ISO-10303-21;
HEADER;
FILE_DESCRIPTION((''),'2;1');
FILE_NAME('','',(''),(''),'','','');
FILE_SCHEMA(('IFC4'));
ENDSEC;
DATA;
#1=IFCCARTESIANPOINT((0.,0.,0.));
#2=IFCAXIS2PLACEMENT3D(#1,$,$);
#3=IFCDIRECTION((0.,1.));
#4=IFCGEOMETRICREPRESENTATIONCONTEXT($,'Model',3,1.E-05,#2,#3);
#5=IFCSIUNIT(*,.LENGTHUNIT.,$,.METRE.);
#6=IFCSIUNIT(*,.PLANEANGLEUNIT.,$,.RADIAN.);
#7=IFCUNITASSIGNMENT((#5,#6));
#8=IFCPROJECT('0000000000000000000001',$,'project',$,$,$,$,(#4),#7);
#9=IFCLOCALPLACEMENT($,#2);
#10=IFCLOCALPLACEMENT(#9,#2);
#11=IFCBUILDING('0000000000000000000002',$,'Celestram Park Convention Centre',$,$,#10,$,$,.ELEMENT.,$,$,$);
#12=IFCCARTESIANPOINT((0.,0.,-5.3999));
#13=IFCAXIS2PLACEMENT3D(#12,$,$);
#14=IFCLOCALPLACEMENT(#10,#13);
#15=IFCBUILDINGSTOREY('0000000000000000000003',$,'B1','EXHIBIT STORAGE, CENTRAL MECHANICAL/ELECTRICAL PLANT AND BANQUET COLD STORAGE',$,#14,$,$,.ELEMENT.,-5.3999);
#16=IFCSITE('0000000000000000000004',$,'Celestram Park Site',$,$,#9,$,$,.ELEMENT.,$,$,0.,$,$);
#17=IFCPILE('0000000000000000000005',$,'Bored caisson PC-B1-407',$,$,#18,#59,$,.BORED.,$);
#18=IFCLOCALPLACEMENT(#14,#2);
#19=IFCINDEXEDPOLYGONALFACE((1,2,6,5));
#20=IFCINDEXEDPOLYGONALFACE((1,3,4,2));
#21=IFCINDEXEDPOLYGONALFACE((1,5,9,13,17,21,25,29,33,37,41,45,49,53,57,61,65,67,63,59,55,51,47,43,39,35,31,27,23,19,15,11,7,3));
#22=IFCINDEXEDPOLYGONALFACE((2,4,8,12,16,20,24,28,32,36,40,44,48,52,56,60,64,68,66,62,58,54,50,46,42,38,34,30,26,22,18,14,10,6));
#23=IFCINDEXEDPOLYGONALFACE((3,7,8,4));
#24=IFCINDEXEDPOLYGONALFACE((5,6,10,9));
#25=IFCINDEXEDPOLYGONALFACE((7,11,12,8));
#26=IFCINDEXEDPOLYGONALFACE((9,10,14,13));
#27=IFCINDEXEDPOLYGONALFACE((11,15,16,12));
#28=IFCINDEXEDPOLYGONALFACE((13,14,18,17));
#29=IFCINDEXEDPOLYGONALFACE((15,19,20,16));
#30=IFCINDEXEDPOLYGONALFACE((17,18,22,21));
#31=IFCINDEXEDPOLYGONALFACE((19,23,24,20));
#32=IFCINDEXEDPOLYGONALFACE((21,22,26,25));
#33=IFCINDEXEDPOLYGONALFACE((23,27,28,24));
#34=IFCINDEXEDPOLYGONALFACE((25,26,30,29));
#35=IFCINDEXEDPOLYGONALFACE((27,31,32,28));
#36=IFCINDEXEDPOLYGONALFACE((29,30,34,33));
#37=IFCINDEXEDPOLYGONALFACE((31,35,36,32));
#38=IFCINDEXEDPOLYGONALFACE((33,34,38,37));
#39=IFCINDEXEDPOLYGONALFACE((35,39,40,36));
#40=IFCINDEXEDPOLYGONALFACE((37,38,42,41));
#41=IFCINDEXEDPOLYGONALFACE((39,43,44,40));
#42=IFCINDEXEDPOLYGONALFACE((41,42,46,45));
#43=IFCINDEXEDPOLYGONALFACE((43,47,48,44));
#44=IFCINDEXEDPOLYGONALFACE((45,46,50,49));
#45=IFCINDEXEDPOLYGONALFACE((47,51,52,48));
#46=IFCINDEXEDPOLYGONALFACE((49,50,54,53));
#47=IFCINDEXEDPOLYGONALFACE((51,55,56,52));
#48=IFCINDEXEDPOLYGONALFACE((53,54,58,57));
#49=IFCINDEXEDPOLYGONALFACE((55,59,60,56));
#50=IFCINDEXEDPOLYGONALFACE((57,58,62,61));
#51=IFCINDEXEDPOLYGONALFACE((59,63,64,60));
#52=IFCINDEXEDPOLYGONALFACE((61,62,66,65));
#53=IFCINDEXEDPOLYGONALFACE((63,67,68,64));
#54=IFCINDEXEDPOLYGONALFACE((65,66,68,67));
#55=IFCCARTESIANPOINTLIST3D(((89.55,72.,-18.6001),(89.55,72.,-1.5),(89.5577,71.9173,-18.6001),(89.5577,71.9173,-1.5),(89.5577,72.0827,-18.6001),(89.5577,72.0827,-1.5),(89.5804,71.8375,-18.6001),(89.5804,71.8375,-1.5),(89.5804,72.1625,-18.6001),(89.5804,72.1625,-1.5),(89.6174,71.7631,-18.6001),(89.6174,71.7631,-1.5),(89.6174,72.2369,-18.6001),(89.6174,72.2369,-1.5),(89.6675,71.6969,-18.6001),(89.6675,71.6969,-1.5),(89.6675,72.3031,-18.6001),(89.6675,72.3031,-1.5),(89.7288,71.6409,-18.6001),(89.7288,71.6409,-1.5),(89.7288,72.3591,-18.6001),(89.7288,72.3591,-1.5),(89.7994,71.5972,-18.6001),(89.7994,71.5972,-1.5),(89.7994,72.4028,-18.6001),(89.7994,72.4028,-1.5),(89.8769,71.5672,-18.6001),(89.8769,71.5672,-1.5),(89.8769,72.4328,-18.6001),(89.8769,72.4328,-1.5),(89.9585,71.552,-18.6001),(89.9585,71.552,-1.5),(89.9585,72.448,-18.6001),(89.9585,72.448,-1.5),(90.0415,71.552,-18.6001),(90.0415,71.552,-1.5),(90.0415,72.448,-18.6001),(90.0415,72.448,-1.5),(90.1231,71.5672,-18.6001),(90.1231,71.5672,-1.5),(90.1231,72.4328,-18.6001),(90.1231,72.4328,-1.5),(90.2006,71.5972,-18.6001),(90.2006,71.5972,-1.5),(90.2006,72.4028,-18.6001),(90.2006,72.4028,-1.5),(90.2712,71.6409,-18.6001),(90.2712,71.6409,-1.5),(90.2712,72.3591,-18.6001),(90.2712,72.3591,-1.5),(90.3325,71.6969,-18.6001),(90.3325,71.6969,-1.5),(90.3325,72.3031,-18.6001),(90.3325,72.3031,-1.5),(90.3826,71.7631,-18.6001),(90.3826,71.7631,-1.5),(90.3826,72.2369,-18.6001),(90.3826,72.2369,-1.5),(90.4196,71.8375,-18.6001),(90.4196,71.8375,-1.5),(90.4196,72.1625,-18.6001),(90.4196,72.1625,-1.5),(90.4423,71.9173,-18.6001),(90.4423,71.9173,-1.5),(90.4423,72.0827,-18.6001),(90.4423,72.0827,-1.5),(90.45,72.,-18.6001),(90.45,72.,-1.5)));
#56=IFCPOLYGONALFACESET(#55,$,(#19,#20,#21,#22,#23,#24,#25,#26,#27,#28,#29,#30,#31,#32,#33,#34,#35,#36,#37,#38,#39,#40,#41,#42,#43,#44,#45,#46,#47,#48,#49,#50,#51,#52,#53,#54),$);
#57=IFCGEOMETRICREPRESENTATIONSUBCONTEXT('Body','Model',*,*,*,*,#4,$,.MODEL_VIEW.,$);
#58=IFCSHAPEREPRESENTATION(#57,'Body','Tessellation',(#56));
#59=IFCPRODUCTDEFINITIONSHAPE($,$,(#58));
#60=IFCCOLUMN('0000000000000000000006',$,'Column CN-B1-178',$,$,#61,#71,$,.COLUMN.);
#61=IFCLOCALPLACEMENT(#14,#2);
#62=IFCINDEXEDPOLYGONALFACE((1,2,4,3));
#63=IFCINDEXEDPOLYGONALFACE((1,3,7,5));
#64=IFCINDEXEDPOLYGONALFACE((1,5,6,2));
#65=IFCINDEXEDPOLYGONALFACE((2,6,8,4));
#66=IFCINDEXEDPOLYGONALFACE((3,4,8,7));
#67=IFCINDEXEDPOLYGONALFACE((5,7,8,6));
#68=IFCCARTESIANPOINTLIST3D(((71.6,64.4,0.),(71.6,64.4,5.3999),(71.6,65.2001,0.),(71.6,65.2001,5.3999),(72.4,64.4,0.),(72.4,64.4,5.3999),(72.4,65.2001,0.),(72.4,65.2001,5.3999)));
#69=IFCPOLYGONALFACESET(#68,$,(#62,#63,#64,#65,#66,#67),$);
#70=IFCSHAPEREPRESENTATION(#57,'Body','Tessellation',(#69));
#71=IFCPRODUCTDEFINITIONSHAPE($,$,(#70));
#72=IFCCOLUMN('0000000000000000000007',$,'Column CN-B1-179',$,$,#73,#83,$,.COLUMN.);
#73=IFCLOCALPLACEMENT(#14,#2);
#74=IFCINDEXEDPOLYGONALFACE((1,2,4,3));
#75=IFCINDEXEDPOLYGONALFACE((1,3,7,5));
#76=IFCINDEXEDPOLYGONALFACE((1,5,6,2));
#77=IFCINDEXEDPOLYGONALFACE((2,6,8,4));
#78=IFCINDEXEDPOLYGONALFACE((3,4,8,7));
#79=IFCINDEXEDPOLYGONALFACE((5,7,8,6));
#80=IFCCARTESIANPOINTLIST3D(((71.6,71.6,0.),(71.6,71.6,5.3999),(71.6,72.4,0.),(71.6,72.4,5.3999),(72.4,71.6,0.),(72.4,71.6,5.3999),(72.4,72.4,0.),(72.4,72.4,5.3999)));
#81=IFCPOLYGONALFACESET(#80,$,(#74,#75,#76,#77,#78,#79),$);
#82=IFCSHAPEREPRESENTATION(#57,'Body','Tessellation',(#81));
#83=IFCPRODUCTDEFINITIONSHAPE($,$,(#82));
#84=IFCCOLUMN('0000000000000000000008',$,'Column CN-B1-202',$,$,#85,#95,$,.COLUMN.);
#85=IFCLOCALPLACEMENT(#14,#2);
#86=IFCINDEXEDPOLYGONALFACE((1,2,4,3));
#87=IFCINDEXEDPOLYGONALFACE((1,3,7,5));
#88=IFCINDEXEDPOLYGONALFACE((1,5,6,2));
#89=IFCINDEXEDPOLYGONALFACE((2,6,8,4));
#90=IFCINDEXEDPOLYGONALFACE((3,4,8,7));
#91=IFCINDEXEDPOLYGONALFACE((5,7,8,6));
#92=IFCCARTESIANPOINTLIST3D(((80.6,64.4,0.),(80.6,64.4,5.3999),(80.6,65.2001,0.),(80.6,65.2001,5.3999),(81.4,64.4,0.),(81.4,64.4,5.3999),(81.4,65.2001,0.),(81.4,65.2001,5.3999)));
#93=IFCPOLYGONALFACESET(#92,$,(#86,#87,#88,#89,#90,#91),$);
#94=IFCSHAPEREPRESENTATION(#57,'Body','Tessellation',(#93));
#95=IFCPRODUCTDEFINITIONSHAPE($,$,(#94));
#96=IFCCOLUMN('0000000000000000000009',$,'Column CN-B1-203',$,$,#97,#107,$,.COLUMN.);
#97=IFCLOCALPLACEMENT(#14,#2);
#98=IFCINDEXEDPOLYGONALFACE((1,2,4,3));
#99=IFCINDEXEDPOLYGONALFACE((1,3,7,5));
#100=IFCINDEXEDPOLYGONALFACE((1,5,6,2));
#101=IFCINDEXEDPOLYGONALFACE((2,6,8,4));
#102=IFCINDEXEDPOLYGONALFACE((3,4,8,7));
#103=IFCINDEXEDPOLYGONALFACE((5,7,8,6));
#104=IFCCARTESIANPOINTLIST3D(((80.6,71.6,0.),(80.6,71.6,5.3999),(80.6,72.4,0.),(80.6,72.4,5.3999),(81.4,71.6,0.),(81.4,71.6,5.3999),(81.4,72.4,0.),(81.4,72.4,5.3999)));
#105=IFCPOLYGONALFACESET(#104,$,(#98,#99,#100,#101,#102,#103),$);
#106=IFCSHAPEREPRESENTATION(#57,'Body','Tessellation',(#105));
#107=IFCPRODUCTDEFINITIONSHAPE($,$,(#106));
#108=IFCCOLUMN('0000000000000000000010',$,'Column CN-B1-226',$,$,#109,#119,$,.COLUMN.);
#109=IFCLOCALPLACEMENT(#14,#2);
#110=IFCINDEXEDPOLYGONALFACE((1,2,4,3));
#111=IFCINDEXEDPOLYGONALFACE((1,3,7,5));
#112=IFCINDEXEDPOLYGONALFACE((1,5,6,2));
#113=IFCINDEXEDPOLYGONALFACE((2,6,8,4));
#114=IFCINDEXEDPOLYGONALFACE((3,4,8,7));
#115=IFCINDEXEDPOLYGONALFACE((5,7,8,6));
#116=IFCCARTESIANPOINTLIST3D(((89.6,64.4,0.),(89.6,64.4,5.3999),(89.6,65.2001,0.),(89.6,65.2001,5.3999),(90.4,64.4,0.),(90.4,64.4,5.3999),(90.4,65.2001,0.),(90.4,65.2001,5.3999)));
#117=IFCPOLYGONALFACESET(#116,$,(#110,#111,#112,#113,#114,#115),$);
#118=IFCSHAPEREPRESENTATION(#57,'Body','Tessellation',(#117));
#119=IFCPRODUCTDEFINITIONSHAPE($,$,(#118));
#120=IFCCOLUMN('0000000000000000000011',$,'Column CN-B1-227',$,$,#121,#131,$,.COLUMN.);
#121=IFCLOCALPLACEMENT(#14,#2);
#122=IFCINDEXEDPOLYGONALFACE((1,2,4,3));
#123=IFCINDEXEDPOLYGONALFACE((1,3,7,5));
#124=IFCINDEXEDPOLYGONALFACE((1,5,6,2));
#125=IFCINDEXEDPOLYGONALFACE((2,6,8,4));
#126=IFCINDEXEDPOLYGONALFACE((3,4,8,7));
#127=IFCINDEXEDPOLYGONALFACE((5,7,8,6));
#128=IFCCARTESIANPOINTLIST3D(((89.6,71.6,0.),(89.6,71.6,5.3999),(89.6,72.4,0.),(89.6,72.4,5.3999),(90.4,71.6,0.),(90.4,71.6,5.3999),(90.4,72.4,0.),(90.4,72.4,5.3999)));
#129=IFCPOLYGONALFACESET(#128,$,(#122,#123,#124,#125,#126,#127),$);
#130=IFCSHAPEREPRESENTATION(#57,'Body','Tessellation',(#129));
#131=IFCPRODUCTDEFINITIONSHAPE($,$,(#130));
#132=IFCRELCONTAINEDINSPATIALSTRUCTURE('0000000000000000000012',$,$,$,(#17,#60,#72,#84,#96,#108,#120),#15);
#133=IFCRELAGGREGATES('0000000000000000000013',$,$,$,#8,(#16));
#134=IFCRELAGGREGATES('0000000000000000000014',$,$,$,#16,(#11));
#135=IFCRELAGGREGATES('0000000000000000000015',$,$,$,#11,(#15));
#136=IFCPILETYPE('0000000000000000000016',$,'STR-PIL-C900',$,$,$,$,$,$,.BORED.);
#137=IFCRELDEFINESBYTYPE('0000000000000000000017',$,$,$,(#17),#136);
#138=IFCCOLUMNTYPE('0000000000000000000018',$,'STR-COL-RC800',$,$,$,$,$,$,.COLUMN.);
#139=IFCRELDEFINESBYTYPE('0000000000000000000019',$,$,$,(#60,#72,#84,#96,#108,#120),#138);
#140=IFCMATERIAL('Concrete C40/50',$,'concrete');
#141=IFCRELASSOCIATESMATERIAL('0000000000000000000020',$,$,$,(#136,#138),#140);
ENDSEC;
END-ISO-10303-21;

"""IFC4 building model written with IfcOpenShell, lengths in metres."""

from ifc_helpers import new_model, si_unit, direction, frame, origin, origin_2d, place, context, subcontext, project, spatial, rectangle, circle, extrude, material, material_profile, profile_set, type_object, element, save


model = new_model("IFC4")

# Units and contexts
model_context = context("Model", 3, precision=1e-05, world=origin(), true_north=direction((0.0, 1.0)))
body_context = subcontext(model_context, "Body", "Model", "MODEL_VIEW")
ifc_project = project(units=[si_unit("LENGTHUNIT", "METRE"), si_unit("PLANEANGLEUNIT", "RADIAN")], contexts=[model_context])

# Site, building, storey
site_placement = place(None, origin())
site = spatial("IfcSite", under=ifc_project, at=site_placement, Name="Celestram Park Site", CompositionType="ELEMENT", RefElevation=0.0)
building_placement = place(site_placement, origin())
building = spatial("IfcBuilding", under=site, at=building_placement, Name="Celestram Park Convention Centre", CompositionType="ELEMENT")
storey_placement = place(building_placement, frame((0.0, 0.0, -5.3999)))
storey = spatial("IfcBuildingStorey", under=building, at=storey_placement, Name="B1", Description="EXHIBIT STORAGE, CENTRAL MECHANICAL/ELECTRICAL PLANT AND BANQUET COLD STORAGE", CompositionType="ELEMENT", Elevation=-5.3999)

# Shared definitions
ifc_material_1 = material(Name="Concrete C40/50", Category="concrete")

# Pile
ifc_material_profile_1 = material_profile(ifc_material_1, circle(Radius=0.45, at=origin_2d()), Name="CAISSON900")
ifc_profile_set_1 = profile_set([ifc_material_profile_1], Name="Concrete C40/50")
pile_type = type_object("IfcPileType", Name="STR-PIL-C900", PredefinedType="BORED", material=ifc_profile_set_1)
for number, where, z_axis, x_axis, name in (
    (1, (90.0, 72.0, -1.5), (0.0, 0.0, -1.0), (1.0, 0.0, 0.0), "Bored caisson PC-B1-407"),
):
    element("IfcPile", number, at=place(storey_placement, frame(where, z_axis=z_axis, x_axis=x_axis)), inside=storey, type_object=pile_type, Name=name, PredefinedType="BORED", context=body_context, shape_type="SweptSolid", body=[
        extrude(circle(Radius=0.45, at=origin_2d()), origin(), (0.0, 0.0, 1.0), 17.1001),
    ])

# Columns
ifc_material_profile_2 = material_profile(ifc_material_1, rectangle(XDim=0.8, YDim=0.8, at=origin_2d()), Name="RC800X800")
ifc_profile_set_2 = profile_set([ifc_material_profile_2], Name="Concrete C40/50")
column_type = type_object("IfcColumnType", Name="STR-COL-RC800", PredefinedType="COLUMN", material=ifc_profile_set_2)
for number, where, z_axis, x_axis, name in (
    (2, (72.0, 64.8, 0.0), (0.0, 0.0, 1.0), (1.0, 0.0, 0.0), "Column CN-B1-178"),
    (3, (72.0, 72.0, 0.0), (0.0, 0.0, 1.0), (1.0, 0.0, 0.0), "Column CN-B1-179"),
    (4, (81.0, 64.8, 0.0), (0.0, 0.0, 1.0), (1.0, 0.0, 0.0), "Column CN-B1-202"),
    (5, (81.0, 72.0, 0.0), (0.0, 0.0, 1.0), (1.0, 0.0, 0.0), "Column CN-B1-203"),
    (6, (90.0, 64.8, 0.0), (0.0, 0.0, 1.0), (1.0, 0.0, 0.0), "Column CN-B1-226"),
    (7, (90.0, 72.0, 0.0), (0.0, 0.0, 1.0), (1.0, 0.0, 0.0), "Column CN-B1-227"),
):
    element("IfcColumn", number, at=place(storey_placement, frame(where, z_axis=z_axis, x_axis=x_axis)), inside=storey, type_object=column_type, Name=name, PredefinedType="COLUMN", context=body_context, shape_type="SweptSolid", body=[
        extrude(rectangle(XDim=0.8, YDim=0.8, at=origin_2d()), origin(), (0.0, 0.0, 1.0), 5.3999),
    ])

save(model, "model.ifc")
